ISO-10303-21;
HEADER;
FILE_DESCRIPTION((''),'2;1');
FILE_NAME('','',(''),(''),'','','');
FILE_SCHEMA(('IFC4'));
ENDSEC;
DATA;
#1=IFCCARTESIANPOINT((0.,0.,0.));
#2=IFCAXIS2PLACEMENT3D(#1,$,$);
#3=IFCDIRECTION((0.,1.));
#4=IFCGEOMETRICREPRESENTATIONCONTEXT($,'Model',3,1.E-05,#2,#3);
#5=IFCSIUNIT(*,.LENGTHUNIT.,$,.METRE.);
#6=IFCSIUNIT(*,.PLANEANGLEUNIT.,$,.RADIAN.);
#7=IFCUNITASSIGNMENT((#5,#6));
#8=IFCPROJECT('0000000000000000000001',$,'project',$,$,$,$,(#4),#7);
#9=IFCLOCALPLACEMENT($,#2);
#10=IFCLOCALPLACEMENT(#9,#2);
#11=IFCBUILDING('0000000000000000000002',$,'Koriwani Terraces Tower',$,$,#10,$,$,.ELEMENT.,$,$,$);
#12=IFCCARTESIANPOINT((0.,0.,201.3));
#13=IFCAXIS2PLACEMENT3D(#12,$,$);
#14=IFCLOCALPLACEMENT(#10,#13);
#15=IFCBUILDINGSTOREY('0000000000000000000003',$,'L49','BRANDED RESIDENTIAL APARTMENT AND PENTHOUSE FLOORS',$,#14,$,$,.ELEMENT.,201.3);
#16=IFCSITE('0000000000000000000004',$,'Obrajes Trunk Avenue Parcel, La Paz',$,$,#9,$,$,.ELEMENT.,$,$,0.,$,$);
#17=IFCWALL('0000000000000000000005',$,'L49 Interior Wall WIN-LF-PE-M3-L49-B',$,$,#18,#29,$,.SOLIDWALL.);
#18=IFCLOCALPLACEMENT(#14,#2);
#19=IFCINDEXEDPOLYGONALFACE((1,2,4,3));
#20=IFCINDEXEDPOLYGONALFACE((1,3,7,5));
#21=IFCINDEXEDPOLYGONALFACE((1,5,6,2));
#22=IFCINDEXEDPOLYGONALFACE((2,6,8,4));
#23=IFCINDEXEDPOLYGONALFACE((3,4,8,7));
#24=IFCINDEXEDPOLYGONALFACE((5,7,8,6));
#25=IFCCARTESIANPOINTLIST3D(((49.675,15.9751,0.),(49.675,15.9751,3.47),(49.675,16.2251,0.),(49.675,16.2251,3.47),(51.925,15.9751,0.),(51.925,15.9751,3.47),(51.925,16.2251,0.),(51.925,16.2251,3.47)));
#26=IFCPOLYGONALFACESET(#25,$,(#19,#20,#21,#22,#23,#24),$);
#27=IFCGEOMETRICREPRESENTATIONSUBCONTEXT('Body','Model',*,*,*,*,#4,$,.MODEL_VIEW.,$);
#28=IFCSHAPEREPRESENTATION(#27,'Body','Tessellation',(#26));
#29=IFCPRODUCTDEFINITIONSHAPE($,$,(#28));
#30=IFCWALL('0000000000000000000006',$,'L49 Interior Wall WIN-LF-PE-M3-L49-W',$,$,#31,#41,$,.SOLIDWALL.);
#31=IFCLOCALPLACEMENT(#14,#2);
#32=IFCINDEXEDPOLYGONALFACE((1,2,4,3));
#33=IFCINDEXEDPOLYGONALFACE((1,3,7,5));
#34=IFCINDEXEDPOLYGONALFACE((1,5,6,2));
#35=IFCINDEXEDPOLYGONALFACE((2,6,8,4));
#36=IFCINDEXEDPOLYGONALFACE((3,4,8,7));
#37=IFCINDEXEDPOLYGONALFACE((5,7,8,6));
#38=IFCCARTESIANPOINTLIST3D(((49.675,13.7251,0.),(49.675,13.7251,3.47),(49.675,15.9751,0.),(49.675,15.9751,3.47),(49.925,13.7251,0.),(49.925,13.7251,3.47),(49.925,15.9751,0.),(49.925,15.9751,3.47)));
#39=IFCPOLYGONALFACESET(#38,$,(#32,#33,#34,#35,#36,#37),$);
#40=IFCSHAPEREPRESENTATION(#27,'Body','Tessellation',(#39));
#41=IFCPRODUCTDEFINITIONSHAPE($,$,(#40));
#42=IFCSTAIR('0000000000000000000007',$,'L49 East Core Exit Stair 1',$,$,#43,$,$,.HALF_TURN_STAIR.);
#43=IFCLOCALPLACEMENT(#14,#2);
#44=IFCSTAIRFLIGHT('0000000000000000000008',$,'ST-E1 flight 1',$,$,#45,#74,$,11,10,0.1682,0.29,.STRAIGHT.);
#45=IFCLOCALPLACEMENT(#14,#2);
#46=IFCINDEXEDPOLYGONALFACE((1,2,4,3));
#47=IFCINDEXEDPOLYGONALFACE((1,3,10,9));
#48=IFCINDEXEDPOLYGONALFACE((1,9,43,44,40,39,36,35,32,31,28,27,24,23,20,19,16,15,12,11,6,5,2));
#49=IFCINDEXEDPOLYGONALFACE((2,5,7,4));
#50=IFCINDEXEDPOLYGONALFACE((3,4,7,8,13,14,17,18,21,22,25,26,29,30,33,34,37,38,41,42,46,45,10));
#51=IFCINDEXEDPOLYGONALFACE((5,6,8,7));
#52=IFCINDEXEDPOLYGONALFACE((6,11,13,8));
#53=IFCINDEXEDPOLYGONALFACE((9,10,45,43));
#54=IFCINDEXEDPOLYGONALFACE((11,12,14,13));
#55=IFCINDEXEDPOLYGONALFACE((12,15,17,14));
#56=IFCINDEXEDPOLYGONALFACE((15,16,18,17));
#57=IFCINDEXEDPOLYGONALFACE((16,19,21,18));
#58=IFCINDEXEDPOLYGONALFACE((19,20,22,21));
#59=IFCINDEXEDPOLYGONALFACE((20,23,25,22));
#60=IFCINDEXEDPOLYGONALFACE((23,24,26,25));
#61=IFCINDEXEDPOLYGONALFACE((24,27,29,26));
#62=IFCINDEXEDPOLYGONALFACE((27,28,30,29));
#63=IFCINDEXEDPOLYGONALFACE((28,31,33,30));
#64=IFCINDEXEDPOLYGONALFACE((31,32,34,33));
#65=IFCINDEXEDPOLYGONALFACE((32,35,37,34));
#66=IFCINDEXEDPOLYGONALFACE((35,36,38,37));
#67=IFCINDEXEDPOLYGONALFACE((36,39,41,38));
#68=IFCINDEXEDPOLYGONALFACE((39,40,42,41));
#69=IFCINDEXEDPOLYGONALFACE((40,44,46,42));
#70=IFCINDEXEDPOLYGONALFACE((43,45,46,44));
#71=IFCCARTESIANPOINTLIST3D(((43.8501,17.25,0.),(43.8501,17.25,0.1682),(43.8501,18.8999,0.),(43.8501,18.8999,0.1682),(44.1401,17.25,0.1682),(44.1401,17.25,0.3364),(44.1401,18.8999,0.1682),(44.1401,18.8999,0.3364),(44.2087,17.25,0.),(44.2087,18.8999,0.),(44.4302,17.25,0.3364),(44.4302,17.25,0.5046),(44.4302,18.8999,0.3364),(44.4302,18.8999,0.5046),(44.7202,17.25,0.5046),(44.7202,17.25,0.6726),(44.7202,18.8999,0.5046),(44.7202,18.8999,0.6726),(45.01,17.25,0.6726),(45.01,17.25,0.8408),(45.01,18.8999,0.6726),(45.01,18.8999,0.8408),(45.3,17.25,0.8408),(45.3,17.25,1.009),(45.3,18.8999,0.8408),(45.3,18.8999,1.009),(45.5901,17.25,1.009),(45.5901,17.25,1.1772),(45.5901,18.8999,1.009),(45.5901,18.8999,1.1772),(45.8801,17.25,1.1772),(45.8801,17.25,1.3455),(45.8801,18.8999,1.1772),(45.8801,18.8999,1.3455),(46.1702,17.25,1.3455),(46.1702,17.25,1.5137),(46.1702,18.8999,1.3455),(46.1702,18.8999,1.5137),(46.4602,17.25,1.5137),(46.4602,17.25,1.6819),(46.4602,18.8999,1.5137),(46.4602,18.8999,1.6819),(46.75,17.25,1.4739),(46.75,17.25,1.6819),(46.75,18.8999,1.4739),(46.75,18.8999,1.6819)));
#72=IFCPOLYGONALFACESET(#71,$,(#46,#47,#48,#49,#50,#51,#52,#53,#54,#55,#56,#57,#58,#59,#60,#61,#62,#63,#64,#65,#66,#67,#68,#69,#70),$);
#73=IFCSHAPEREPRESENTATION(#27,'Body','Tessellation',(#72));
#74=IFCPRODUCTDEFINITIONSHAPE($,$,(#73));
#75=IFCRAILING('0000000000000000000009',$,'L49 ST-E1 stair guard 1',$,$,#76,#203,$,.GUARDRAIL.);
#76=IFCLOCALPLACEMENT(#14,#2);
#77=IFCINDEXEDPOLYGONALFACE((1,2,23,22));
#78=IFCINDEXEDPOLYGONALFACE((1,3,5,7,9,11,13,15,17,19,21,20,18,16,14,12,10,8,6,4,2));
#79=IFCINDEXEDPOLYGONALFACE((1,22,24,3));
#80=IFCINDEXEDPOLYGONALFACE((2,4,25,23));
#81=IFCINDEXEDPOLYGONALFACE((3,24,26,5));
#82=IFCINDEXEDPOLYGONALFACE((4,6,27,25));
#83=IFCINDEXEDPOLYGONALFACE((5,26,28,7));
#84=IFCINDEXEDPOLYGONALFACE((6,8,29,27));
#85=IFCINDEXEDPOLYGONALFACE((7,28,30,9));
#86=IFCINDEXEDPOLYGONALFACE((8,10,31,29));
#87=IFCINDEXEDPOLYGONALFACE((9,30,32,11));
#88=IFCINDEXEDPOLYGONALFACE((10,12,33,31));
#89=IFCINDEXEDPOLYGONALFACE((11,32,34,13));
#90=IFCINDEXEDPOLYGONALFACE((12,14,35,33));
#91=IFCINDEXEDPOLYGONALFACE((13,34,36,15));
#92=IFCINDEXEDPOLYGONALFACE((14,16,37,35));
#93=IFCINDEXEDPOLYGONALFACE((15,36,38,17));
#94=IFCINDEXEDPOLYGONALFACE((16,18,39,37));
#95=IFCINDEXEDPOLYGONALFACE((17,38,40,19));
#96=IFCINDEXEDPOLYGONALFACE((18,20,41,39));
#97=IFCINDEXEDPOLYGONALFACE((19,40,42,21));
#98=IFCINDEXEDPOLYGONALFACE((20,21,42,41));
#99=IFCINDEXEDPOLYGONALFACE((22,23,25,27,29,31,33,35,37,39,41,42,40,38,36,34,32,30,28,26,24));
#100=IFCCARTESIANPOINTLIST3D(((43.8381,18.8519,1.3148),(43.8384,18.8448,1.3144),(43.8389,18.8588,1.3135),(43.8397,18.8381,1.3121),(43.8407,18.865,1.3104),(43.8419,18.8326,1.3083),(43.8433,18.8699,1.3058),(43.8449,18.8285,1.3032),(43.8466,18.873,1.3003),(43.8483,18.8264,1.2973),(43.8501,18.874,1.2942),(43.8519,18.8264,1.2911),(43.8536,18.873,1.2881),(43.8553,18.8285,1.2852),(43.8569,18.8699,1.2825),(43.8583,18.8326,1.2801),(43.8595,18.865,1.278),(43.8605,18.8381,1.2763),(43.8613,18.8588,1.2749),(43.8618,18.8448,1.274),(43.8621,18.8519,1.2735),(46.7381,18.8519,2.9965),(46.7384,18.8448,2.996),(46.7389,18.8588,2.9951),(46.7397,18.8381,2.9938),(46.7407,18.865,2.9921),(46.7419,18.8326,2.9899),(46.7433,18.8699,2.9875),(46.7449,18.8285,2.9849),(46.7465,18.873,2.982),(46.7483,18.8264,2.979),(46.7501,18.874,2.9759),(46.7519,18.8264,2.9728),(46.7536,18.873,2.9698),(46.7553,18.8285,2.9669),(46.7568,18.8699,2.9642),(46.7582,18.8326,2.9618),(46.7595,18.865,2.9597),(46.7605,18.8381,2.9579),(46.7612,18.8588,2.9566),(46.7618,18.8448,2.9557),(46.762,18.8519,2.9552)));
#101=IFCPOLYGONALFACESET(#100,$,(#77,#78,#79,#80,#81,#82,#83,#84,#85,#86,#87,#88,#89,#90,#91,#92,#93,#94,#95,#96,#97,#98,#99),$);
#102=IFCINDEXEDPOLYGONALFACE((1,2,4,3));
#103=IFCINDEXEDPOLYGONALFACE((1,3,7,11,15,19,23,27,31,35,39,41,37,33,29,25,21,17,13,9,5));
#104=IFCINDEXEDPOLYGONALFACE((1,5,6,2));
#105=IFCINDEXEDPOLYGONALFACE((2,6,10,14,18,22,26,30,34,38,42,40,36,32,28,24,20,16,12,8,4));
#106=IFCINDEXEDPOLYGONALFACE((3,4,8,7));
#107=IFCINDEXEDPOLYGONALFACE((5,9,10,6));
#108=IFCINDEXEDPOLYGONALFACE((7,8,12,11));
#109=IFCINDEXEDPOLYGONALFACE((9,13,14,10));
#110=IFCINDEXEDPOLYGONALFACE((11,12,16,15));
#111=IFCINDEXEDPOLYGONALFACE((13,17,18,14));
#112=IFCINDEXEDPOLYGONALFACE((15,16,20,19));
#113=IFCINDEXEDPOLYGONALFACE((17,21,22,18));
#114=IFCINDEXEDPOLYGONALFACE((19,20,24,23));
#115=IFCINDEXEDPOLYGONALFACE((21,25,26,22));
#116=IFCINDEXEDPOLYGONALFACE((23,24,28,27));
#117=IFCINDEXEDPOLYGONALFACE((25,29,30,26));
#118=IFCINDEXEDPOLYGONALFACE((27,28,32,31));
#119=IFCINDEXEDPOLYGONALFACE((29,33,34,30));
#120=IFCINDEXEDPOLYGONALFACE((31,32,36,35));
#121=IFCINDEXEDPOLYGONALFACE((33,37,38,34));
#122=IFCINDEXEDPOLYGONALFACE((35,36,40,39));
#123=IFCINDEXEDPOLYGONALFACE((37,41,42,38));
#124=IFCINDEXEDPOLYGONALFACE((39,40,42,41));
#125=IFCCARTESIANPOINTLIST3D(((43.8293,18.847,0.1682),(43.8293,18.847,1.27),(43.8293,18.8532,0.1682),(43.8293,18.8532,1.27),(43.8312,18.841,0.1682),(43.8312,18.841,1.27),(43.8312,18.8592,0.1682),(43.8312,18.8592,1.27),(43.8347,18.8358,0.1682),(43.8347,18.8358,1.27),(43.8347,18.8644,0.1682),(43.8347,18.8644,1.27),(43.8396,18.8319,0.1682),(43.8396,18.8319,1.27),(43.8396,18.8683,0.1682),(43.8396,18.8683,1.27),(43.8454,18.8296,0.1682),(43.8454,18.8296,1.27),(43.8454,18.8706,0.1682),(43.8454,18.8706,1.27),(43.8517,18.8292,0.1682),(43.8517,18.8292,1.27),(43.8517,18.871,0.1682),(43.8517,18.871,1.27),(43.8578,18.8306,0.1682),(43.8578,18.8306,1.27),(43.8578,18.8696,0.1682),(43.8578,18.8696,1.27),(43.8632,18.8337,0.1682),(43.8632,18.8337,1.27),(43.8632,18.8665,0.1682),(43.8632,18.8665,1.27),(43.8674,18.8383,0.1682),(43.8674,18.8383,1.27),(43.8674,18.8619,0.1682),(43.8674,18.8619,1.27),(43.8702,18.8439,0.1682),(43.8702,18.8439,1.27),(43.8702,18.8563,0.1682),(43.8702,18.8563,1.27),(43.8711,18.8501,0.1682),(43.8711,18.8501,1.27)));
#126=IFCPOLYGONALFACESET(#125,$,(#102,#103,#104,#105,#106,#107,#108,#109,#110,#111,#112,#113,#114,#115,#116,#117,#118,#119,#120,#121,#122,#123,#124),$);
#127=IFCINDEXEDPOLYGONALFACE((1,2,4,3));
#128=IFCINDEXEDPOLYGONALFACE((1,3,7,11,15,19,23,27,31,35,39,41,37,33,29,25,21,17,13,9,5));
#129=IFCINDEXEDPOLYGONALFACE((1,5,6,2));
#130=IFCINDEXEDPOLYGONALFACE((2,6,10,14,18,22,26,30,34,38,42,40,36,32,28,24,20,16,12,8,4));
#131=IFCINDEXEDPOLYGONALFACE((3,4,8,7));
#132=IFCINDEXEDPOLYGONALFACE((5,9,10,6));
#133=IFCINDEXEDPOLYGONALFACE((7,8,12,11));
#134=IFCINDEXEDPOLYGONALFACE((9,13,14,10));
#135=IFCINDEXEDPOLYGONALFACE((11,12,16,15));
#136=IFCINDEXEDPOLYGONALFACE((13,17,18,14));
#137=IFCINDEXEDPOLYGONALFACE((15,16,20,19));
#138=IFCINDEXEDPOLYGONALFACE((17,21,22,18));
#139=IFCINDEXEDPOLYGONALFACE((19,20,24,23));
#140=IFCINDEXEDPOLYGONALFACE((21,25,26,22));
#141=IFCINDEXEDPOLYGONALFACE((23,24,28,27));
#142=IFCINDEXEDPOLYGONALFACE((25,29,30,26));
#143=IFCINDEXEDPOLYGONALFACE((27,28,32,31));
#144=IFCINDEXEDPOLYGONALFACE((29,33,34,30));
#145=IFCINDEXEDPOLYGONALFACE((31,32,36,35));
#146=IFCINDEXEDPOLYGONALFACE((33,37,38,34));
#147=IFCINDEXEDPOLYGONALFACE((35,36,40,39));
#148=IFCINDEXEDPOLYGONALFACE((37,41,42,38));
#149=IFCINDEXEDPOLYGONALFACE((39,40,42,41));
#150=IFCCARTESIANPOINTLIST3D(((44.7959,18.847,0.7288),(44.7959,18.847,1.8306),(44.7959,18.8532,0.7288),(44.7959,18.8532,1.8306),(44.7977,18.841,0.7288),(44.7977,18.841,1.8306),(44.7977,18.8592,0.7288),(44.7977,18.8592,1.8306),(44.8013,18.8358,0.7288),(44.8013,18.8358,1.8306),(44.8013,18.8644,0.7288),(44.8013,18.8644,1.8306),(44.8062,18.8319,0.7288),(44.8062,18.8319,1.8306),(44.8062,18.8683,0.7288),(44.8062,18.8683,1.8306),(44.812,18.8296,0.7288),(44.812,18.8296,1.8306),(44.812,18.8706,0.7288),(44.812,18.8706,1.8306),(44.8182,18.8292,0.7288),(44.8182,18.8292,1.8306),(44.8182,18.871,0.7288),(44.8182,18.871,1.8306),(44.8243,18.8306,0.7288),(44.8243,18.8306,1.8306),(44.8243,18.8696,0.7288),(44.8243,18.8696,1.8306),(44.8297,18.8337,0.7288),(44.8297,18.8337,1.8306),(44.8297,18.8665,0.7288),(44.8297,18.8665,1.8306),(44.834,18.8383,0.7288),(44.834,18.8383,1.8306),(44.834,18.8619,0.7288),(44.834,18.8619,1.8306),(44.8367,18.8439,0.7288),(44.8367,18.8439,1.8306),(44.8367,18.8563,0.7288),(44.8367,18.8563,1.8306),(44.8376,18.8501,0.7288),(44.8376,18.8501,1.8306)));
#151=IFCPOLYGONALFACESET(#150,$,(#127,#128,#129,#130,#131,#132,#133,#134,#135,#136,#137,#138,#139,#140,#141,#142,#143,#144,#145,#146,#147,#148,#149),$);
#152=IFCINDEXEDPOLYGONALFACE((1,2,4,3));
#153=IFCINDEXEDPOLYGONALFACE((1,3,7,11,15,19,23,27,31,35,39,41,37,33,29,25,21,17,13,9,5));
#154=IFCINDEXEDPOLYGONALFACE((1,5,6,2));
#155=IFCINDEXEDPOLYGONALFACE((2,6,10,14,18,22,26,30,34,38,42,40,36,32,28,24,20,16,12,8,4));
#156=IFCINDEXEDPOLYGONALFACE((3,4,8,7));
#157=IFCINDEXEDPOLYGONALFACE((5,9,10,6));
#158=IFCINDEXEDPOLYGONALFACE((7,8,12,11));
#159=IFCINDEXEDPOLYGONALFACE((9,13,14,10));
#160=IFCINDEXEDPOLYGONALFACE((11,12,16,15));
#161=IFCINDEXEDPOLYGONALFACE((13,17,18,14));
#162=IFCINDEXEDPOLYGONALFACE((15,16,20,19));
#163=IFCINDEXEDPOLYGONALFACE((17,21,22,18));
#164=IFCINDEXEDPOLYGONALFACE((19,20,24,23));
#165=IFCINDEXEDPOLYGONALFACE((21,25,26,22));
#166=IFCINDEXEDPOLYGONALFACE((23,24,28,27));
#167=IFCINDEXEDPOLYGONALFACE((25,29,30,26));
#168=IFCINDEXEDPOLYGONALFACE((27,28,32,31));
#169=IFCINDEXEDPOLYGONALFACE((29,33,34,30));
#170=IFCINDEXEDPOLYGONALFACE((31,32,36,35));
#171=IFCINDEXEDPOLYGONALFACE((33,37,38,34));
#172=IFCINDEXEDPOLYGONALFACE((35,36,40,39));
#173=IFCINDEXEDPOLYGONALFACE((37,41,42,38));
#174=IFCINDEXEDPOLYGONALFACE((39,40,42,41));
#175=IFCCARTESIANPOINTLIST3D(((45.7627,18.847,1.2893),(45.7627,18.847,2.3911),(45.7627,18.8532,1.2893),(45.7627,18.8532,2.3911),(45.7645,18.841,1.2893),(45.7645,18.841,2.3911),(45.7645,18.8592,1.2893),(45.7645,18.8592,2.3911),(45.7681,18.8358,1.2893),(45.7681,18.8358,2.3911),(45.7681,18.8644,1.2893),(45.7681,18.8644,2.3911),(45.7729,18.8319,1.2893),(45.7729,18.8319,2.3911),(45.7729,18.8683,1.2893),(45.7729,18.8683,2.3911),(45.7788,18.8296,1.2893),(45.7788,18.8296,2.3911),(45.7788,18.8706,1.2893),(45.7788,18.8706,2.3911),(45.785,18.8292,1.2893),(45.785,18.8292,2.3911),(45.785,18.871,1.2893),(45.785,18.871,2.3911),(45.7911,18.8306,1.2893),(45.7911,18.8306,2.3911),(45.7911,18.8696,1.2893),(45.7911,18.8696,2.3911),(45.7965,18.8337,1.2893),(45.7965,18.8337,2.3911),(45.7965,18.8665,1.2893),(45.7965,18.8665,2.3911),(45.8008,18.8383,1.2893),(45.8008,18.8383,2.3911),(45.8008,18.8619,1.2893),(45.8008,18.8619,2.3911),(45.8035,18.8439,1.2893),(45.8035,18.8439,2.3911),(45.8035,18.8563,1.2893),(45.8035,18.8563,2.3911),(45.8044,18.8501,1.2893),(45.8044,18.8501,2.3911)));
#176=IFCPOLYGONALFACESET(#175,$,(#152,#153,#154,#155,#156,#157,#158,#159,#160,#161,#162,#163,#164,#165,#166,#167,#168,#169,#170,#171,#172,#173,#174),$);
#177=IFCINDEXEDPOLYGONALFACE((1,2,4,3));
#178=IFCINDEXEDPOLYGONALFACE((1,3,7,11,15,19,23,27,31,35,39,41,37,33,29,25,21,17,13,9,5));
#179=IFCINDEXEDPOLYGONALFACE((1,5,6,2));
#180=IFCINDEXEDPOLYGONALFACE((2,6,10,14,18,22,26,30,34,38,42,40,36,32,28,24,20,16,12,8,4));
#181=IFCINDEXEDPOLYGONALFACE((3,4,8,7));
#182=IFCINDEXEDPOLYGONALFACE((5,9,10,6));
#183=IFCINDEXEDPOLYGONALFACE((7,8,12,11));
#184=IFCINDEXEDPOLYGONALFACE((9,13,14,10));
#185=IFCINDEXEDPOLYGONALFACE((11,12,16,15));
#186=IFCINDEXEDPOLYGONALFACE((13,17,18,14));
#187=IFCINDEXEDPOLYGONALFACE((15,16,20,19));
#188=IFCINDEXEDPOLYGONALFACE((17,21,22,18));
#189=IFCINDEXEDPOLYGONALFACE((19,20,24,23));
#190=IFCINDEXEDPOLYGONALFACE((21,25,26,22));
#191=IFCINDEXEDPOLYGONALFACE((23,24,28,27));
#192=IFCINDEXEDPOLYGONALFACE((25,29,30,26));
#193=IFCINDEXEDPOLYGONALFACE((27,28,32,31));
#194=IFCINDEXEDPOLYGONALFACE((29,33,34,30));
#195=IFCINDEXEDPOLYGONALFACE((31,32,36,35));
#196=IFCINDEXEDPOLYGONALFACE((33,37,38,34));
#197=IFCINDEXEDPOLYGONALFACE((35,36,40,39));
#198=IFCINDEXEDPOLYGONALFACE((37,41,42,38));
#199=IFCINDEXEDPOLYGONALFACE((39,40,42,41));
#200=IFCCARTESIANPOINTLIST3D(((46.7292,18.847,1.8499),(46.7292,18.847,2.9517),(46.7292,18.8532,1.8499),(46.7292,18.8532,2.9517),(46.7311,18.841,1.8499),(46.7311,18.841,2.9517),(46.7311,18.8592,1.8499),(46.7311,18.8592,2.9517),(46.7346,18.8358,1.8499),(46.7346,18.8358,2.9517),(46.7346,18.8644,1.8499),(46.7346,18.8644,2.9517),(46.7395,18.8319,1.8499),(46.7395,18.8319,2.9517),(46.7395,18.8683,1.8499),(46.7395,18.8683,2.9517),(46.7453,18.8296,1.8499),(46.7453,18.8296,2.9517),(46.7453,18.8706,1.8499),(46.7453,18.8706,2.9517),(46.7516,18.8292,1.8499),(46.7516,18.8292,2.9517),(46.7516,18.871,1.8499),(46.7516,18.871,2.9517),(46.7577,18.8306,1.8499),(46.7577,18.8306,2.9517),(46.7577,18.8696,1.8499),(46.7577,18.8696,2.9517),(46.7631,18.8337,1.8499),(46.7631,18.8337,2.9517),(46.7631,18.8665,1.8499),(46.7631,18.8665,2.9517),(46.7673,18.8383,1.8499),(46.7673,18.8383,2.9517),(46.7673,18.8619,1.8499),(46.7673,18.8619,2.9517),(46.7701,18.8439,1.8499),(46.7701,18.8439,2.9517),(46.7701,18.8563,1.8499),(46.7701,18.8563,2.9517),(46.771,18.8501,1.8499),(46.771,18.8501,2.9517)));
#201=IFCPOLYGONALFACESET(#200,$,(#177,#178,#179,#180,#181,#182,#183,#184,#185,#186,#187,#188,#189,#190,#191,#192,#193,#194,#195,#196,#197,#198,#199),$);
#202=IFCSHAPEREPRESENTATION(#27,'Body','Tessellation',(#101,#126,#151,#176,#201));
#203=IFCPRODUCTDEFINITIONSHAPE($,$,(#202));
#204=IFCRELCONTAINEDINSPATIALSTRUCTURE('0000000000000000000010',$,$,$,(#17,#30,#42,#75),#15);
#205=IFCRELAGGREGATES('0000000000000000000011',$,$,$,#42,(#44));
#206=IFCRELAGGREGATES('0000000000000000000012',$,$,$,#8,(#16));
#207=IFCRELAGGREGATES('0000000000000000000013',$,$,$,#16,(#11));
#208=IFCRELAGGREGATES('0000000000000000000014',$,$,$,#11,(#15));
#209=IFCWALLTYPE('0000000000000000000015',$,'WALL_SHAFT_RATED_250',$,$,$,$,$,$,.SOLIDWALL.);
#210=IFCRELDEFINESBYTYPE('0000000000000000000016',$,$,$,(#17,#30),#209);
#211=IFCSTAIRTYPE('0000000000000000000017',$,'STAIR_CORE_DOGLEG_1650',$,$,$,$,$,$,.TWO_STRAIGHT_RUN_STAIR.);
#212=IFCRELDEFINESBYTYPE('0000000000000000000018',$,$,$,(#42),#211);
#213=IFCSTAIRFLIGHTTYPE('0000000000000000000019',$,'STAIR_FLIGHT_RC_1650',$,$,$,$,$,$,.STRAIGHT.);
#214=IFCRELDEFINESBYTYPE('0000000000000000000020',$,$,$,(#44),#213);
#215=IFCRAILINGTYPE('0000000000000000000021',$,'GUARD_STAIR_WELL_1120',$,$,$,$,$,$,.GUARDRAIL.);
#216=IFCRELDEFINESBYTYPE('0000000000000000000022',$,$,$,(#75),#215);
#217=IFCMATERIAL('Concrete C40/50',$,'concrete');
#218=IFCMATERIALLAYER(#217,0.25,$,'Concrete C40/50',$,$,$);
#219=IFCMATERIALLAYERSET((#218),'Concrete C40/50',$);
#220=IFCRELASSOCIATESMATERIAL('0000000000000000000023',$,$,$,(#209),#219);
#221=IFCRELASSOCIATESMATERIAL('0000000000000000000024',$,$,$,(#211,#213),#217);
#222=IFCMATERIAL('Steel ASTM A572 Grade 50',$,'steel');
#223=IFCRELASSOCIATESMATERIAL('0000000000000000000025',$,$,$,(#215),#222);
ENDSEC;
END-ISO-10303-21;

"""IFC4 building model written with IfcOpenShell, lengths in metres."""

from ifc_helpers import new_model, si_unit, direction, frame, frame_2d, origin, origin_2d, place, context, subcontext, project, spatial, polyline, rectangle, circle, outline, extrude, material, layer, layer_set, type_object, element, aggregate, save


model = new_model("IFC4")

# Units and contexts
model_context = context("Model", 3, precision=1e-05, world=origin(), true_north=direction((0.0, 1.0)))
body_context = subcontext(model_context, "Body", "Model", "MODEL_VIEW")
ifc_project = project(units=[si_unit("LENGTHUNIT", "METRE"), si_unit("PLANEANGLEUNIT", "RADIAN")], contexts=[model_context])

# Site, building, storey
site_placement = place(None, origin())
site = spatial("IfcSite", under=ifc_project, at=site_placement, Name="Obrajes Trunk Avenue Parcel, La Paz", CompositionType="ELEMENT", RefElevation=0.0)
building_placement = place(site_placement, origin())
building = spatial("IfcBuilding", under=site, at=building_placement, Name="Koriwani Terraces Tower", CompositionType="ELEMENT")
storey_placement = place(building_placement, frame((0.0, 0.0, 201.3)))
storey = spatial("IfcBuildingStorey", under=building, at=storey_placement, Name="L49", Description="BRANDED RESIDENTIAL APARTMENT AND PENTHOUSE FLOORS", CompositionType="ELEMENT", Elevation=201.3)

# Shared definitions
ifc_material_1 = material(Name="Concrete C40/50", Category="concrete")
ifc_material_2 = material(Name="Steel ASTM A572 Grade 50", Category="steel")

# Shared definitions
ifc_layer_1 = layer(ifc_material_1, 0.25, Name="Concrete C40/50")
ifc_layer_set_1 = layer_set([ifc_layer_1], Name="Concrete C40/50")
wall_type_1 = type_object("IfcWallType", Name="WALL_SHAFT_RATED_250", PredefinedType="SOLIDWALL", material=ifc_layer_set_1)

# Walls
for number, where, z_axis, x_axis, name in (
    (1, (49.675, 16.1001, 0.0), (0.0, 0.0, 1.0), (1.0, 0.0, 0.0), "L49 Interior Wall WIN-LF-PE-M3-L49-B"),
    (2, (49.8, 13.7251, 0.0), (0.0, 0.0, 1.0), (0.0, 1.0, 0.0), "L49 Interior Wall WIN-LF-PE-M3-L49-W"),
):
    element("IfcWall", number, at=place(storey_placement, frame(where, z_axis=z_axis, x_axis=x_axis)), inside=storey, type_object=wall_type_1, Name=name, PredefinedType="SOLIDWALL", context=body_context, shape_type="SweptSolid", body=[
        extrude(rectangle(XDim=2.25, YDim=0.25, at=frame_2d((1.125, 0.0))), origin(), (0.0, 0.0, 1.0), 3.47),
    ])

# Stair, stair flight
stair_type = type_object("IfcStairType", Name="STAIR_CORE_DOGLEG_1650", PredefinedType="TWO_STRAIGHT_RUN_STAIR", material=ifc_material_1)
stair_placement = place(storey_placement, origin())
stair = element("IfcStair", 3, at=stair_placement, inside=storey, type_object=stair_type, Name="L49 East Core Exit Stair 1", PredefinedType="HALF_TURN_STAIR")
stair_flight_type = type_object("IfcStairFlightType", Name="STAIR_FLIGHT_RC_1650", PredefinedType="STRAIGHT", material=ifc_material_1)
stair_flight_placement = place(storey_placement, frame((43.8501, 18.075, 0.0), z_axis=(0.0, 0.0, 1.0), x_axis=(1.0, 0.0, 0.0)))
stair_flight = element("IfcStairFlight", 4, at=stair_flight_placement, type_object=stair_flight_type, Name="ST-E1 flight 1", NumberOfRisers=11, NumberOfTreads=10, PredefinedType="STRAIGHT", RiserHeight=0.1682, TreadLength=0.29, context=body_context, shape_type="SweptSolid", body=[
    extrude(outline(polyline([(0.0, 0.0), (0.0, 0.1682), (0.29, 0.1682), (0.29, 0.3364), (0.5801, 0.3364), (0.5801, 0.5046), (0.8701, 0.5046), (0.8701, 0.6726), (1.1599, 0.6726), (1.1599, 0.8408), (1.45, 0.8408), (1.45, 1.009), (1.74, 1.009), (1.74, 1.1772), (2.03, 1.1772), (2.03, 1.3455), (2.3201, 1.3455), (2.3201, 1.5137), (2.6101, 1.5137), (2.6101, 1.6819), (2.8999, 1.6819), (2.8999, 1.8501), (2.8999, 1.4739), (0.3586, 0.0), (0.0, 0.0)])), frame((0.0, 0.825, 0.0), z_axis=(0.0, -1.0, 0.0), x_axis=(1.0, 0.0, 0.0)), (0.0, 0.0, 1.0), 1.6499),
])
aggregate(stair, [stair_flight])

# Railing
railing_type_1 = type_object("IfcRailingType", Name="GUARD_STAIR_WELL_1120", PredefinedType="GUARDRAIL", material=ifc_material_2)
railing_1_placement = place(storey_placement, frame((43.8501, 18.8501, 0.1682)))
element("IfcRailing", 5, at=railing_1_placement, inside=storey, type_object=railing_type_1, Name="L49 ST-E1 stair guard 1", PredefinedType="GUARDRAIL", context=body_context, shape_type="SweptSolid", body=[
    extrude(circle(Radius=0.0239, at=origin_2d()), frame((0.0, 0.0, 1.126), z_axis=(0.86507, 0.0, 0.501651), x_axis=(0.0, 1.0, 0.0)), (0.0, 0.0, 1.0), 3.3523),
    extrude(circle(Radius=0.021, at=origin_2d()), origin(), (0.0, 0.0, 1.0), 1.1018),
    extrude(circle(Radius=0.021, at=origin_2d()), frame((0.9666, 0.0, 0.5605)), (0.0, 0.0, 1.0), 1.1018),
    extrude(circle(Radius=0.021, at=origin_2d()), frame((1.9333, 0.0, 1.1211)), (0.0, 0.0, 1.0), 1.1018),
    extrude(circle(Radius=0.021, at=origin_2d()), frame((2.8999, 0.0, 1.6816)), (0.0, 0.0, 1.0), 1.1018),
])

save(model, "model.ifc")
